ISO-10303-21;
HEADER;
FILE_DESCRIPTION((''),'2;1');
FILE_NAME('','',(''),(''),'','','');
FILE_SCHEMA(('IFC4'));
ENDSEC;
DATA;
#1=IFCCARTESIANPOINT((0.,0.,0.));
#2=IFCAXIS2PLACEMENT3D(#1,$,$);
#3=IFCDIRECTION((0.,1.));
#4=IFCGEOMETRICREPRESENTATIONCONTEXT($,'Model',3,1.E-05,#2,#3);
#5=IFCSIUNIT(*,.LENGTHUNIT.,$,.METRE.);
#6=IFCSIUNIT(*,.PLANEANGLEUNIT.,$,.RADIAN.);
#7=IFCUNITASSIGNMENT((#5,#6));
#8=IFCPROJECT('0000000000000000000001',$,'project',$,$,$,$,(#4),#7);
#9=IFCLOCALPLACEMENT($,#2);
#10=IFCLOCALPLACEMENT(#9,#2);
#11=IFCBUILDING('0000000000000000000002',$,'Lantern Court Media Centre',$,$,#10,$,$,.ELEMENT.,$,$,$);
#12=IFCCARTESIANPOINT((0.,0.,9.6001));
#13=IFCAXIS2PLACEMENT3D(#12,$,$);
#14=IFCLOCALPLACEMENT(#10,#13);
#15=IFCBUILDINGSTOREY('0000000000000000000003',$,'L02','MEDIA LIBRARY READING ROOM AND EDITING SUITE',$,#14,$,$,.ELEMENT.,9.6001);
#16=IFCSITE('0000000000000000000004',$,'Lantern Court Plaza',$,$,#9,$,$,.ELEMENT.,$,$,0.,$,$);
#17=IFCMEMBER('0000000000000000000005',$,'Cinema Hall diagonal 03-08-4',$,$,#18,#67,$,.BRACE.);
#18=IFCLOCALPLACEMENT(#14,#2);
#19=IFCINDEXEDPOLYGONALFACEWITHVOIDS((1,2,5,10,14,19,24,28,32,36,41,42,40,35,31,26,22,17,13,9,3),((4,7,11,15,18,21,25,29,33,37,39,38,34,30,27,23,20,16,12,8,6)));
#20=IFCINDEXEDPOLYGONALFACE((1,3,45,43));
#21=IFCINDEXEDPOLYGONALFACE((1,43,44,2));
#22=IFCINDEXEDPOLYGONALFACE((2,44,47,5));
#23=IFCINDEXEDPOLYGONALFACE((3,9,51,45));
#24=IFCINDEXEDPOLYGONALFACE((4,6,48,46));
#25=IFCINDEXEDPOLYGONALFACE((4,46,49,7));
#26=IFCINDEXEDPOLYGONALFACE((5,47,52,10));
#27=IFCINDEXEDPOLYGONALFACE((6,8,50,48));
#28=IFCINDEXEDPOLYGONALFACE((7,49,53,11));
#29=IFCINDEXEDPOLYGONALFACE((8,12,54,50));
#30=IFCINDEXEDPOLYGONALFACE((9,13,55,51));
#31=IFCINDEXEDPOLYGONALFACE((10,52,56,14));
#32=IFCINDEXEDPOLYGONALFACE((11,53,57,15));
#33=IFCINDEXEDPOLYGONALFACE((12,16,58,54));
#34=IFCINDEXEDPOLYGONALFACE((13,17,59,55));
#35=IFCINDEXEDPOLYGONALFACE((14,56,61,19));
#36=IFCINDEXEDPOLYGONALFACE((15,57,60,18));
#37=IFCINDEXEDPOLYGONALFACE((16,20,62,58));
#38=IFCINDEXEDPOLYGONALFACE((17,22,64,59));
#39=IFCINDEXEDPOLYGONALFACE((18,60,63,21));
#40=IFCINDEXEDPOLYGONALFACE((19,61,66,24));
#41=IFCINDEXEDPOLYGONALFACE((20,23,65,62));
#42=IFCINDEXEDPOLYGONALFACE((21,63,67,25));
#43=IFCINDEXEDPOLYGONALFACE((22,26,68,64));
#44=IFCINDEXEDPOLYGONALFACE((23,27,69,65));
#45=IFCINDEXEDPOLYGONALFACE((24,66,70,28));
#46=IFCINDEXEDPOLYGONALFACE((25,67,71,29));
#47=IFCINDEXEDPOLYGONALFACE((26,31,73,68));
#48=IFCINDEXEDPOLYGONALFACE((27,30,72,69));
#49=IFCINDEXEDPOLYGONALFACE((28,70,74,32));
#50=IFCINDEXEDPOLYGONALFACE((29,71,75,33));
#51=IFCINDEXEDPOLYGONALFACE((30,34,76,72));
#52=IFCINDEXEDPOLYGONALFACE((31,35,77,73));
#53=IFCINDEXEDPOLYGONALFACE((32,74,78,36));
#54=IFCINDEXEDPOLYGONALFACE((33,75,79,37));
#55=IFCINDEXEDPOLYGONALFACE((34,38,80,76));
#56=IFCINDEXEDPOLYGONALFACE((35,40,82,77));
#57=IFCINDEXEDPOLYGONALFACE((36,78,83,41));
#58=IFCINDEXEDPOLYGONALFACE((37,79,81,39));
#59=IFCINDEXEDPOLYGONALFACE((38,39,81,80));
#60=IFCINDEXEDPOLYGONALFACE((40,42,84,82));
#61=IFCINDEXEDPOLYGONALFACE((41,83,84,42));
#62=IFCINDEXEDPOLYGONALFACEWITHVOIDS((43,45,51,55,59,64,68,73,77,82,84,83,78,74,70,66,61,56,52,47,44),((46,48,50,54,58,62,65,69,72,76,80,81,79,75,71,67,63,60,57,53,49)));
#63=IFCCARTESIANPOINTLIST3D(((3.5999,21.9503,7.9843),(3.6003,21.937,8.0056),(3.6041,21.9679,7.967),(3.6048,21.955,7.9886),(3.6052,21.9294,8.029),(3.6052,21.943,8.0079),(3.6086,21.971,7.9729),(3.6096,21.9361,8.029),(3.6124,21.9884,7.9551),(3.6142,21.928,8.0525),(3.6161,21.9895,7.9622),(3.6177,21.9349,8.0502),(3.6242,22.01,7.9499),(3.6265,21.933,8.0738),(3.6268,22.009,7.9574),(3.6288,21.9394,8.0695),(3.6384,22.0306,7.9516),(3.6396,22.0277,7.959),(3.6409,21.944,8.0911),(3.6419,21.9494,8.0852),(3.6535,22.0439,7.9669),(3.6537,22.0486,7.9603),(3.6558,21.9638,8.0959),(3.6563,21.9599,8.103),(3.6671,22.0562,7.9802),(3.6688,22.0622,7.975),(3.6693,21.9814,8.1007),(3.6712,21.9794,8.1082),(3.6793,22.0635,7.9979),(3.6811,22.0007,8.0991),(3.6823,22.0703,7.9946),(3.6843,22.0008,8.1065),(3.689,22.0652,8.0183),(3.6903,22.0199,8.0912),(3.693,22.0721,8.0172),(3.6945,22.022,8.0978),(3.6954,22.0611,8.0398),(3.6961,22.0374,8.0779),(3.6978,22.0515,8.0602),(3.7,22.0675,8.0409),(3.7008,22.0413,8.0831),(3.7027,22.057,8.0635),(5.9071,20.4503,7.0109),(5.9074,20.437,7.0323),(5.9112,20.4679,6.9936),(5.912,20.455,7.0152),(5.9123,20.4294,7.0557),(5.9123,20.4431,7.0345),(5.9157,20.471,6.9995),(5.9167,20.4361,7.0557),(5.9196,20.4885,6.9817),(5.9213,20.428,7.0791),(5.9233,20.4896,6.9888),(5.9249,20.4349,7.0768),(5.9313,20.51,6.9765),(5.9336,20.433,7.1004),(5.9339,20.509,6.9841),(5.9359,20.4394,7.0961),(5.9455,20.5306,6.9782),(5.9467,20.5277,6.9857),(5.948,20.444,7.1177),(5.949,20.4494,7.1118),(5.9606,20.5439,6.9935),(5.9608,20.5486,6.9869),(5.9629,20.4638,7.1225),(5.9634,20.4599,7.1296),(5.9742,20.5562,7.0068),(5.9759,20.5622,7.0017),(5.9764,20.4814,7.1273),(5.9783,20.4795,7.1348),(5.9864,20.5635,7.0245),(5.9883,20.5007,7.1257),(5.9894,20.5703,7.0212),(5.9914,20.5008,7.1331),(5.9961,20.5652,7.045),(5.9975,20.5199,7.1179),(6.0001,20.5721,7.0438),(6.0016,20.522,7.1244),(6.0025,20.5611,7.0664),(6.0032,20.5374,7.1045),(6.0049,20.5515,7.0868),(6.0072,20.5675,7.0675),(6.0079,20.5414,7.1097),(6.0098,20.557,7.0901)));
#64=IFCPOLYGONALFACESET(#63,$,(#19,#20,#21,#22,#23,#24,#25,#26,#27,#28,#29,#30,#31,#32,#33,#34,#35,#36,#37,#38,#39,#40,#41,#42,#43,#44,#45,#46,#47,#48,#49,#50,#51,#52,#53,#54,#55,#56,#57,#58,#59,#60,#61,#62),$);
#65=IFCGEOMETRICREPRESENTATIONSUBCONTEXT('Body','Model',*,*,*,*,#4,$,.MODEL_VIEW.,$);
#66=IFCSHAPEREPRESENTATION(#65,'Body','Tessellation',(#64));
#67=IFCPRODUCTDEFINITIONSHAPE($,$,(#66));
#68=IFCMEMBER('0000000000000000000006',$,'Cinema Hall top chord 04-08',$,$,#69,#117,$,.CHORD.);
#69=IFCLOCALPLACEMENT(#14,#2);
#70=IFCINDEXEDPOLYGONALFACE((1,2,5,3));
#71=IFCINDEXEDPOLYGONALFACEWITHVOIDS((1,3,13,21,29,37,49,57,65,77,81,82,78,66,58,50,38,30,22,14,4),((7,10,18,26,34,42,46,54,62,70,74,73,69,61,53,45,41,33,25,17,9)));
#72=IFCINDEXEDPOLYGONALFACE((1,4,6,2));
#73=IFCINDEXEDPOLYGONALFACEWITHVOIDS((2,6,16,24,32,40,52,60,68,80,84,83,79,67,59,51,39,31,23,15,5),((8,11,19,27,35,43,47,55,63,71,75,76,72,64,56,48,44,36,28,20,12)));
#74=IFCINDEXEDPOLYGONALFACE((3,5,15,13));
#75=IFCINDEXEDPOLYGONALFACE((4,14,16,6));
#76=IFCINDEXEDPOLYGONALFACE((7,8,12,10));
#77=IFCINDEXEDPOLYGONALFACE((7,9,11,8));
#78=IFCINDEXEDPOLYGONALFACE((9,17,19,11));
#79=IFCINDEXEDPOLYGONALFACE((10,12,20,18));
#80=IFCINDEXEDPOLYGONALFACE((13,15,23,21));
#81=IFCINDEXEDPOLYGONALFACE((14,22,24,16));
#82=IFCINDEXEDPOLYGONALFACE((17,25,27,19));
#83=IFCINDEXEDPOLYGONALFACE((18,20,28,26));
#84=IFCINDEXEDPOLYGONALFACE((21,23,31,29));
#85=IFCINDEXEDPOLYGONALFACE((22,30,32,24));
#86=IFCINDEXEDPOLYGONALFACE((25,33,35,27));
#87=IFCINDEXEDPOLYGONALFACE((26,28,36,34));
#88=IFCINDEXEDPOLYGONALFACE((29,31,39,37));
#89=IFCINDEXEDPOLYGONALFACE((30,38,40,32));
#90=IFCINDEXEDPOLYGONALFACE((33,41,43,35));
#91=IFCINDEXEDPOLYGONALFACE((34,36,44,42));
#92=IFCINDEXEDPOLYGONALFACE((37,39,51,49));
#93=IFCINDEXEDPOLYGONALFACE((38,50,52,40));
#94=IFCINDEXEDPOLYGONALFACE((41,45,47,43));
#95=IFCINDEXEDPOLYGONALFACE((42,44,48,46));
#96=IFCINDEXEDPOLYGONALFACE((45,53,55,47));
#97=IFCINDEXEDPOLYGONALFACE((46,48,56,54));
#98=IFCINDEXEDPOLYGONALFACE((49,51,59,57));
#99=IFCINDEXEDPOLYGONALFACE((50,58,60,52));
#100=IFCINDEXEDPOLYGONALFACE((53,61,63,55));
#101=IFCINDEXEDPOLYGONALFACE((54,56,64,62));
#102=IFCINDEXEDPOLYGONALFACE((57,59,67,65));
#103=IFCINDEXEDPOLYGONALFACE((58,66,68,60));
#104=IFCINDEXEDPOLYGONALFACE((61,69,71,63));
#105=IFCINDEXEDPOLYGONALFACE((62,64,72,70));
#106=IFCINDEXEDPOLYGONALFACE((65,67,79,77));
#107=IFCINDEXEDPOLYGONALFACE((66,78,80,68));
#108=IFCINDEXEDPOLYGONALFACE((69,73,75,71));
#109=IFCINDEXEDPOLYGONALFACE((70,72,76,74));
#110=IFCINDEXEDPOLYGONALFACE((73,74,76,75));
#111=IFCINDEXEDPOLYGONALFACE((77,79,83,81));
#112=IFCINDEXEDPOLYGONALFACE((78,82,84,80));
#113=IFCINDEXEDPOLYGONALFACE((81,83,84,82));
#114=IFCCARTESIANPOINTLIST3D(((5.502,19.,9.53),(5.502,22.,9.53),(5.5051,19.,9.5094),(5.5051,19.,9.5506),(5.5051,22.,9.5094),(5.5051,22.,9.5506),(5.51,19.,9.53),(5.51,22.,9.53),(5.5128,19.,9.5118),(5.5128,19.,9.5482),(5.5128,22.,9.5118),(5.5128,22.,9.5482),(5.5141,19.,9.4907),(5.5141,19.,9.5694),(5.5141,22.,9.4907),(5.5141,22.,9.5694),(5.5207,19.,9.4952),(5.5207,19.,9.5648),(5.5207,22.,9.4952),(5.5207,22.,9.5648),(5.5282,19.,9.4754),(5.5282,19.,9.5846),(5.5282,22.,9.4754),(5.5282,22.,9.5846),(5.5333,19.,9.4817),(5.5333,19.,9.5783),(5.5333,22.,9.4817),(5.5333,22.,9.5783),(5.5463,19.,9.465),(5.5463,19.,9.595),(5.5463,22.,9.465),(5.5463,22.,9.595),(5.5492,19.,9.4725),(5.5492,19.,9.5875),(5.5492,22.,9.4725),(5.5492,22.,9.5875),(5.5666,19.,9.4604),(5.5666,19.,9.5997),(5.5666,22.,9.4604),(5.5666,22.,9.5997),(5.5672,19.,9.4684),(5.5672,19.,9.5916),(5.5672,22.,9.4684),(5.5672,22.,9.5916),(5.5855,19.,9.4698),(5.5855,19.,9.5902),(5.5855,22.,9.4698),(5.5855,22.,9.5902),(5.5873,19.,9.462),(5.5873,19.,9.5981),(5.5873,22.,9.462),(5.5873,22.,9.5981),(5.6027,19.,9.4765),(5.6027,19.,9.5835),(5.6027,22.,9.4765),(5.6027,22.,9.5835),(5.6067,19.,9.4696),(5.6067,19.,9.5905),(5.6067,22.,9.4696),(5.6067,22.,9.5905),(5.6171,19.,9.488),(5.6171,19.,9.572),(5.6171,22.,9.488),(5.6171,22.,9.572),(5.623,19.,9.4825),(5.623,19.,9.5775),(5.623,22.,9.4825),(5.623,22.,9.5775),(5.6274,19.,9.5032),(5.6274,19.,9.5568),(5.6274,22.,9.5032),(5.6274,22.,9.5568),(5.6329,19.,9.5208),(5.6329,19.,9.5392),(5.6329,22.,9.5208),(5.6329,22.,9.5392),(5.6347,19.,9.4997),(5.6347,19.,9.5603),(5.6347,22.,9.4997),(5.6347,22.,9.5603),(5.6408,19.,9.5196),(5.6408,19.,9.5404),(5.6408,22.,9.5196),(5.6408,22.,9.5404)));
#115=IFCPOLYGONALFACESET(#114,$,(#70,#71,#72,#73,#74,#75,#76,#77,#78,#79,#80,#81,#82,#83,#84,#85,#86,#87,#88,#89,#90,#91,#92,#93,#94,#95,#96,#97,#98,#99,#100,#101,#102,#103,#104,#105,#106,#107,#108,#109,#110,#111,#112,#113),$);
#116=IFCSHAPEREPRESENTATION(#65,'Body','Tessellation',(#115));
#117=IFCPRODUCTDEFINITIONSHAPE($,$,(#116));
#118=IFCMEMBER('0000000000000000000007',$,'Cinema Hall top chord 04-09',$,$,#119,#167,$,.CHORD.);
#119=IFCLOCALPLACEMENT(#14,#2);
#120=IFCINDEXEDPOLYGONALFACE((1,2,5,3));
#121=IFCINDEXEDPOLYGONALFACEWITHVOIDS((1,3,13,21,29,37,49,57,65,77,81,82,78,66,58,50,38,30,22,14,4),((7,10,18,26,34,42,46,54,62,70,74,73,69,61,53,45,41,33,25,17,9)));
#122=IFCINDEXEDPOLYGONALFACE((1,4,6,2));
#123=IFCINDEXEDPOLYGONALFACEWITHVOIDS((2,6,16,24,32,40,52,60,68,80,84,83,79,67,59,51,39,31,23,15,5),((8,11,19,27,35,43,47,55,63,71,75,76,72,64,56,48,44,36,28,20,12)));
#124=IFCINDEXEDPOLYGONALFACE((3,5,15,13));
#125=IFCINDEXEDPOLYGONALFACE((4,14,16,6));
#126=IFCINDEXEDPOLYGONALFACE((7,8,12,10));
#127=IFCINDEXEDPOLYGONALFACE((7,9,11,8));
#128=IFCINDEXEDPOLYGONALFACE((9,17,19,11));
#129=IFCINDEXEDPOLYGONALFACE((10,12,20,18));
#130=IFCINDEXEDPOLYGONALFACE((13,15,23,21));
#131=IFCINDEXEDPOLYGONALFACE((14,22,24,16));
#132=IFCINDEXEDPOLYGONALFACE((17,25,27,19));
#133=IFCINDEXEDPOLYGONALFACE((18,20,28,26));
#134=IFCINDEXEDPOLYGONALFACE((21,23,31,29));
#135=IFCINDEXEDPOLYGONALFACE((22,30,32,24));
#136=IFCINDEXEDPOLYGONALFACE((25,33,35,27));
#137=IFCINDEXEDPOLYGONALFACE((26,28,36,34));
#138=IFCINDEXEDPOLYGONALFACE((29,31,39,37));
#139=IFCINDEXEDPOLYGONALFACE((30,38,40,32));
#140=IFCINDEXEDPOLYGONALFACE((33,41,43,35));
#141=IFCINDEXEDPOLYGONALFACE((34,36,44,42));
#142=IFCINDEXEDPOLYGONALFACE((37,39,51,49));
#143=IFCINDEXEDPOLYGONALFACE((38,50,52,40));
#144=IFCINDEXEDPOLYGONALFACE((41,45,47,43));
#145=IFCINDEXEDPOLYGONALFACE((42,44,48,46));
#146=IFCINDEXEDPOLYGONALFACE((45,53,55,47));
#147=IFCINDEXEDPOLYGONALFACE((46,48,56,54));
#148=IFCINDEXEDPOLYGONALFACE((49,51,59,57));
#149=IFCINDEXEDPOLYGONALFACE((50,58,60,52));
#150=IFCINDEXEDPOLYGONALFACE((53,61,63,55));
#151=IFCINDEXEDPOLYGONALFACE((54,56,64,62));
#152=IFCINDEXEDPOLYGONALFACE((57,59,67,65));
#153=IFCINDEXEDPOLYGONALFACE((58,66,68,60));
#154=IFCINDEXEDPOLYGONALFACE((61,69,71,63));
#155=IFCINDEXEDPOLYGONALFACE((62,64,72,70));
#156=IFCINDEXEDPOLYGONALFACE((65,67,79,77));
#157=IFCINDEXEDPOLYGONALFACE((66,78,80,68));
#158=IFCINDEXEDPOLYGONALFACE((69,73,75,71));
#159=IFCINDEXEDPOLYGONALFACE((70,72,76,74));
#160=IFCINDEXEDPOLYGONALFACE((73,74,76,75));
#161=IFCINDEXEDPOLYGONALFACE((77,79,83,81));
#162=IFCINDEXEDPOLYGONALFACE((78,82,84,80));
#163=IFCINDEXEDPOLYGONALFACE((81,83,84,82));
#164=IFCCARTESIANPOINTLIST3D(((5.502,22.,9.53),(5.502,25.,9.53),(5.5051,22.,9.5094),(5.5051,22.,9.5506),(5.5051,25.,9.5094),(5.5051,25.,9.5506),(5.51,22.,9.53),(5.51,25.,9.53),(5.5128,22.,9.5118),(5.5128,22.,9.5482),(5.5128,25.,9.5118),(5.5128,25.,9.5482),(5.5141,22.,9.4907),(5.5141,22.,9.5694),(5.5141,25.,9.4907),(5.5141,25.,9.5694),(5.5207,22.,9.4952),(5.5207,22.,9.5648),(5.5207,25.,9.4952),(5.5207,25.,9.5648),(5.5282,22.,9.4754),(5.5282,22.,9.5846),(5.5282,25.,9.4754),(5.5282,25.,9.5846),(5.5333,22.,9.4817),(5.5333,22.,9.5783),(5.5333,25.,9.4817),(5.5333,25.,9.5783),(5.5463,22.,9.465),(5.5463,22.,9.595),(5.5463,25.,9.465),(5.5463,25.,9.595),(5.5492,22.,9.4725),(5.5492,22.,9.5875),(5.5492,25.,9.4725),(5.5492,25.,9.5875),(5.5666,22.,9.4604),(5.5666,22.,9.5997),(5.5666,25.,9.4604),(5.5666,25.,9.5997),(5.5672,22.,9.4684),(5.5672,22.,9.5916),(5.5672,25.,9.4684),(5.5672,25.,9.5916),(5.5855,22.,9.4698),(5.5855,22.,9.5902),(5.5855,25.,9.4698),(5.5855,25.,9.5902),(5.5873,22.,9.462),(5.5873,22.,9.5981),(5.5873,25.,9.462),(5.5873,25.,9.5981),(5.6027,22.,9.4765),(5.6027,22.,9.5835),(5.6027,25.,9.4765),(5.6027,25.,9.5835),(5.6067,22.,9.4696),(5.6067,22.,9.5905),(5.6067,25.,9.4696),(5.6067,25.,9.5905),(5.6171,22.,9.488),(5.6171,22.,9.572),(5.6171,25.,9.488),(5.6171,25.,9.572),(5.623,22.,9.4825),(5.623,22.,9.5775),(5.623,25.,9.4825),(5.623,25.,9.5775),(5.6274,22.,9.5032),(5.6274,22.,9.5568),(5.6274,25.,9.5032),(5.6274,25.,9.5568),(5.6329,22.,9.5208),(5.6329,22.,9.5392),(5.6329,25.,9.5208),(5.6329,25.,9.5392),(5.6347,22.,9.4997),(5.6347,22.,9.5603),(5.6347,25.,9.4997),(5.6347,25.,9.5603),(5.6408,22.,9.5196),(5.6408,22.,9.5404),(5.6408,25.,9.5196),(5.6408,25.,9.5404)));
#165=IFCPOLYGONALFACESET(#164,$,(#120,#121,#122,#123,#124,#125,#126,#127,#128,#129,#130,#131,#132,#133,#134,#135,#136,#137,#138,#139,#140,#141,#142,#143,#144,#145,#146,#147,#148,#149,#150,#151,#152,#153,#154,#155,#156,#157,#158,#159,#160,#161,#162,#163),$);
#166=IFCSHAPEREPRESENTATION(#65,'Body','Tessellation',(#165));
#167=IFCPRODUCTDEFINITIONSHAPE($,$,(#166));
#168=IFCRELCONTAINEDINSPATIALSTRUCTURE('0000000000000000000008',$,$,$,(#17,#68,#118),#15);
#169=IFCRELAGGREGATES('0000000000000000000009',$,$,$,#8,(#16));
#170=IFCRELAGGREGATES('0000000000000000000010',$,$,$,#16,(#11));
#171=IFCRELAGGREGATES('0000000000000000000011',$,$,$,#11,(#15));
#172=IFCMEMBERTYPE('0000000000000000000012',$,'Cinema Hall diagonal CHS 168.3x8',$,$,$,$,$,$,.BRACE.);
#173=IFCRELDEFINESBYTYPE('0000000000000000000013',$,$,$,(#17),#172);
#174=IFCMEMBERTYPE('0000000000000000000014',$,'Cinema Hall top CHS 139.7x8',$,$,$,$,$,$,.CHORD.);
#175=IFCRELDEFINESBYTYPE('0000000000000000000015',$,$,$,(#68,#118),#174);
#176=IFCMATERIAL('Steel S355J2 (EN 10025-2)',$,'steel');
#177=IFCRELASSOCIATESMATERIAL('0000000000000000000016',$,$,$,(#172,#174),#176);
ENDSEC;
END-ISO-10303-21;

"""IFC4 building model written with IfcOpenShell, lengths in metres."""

from ifc_helpers import new_model, si_unit, direction, frame, origin, origin_2d, place, context, subcontext, project, spatial, hollow_circle, extrude, material, material_profile, profile_set, type_object, element, save


model = new_model("IFC4")

# Units and contexts
model_context = context("Model", 3, precision=1e-05, world=origin(), true_north=direction((0.0, 1.0)))
body_context = subcontext(model_context, "Body", "Model", "MODEL_VIEW")
ifc_project = project(units=[si_unit("LENGTHUNIT", "METRE"), si_unit("PLANEANGLEUNIT", "RADIAN")], contexts=[model_context])

# Site, building, storey
site_placement = place(None, origin())
site = spatial("IfcSite", under=ifc_project, at=site_placement, Name="Lantern Court Plaza", CompositionType="ELEMENT", RefElevation=0.0)
building_placement = place(site_placement, origin())
building = spatial("IfcBuilding", under=site, at=building_placement, Name="Lantern Court Media Centre", CompositionType="ELEMENT")
storey_placement = place(building_placement, frame((0.0, 0.0, 9.6001)))
storey = spatial("IfcBuildingStorey", under=building, at=storey_placement, Name="L02", Description="MEDIA LIBRARY READING ROOM AND EDITING SUITE", CompositionType="ELEMENT", Elevation=9.6001)

# Members
ifc_material = material(Name="Steel S355J2 (EN 10025-2)", Category="steel")
ifc_material_profile_1 = material_profile(ifc_material, hollow_circle(Radius=0.0842, WallThickness=0.0081, at=origin_2d()), Name="Cinema Hall diagonal CHS 168.3x8")
ifc_profile_set_1 = profile_set([ifc_material_profile_1], Name="Steel S355J2 (EN 10025-2)")
member_type_1 = type_object("IfcMemberType", Name="Cinema Hall diagonal CHS 168.3x8", PredefinedType="BRACE", material=ifc_profile_set_1)
member_1_placement = place(storey_placement, frame((5.9583, 20.5, 7.0557), z_axis=(-0.790394, 0.513882, 0.333471), x_axis=(-0.545082, -0.838383, 0.0)))
element("IfcMember", 1, at=member_1_placement, inside=storey, type_object=member_type_1, Name="Cinema Hall diagonal 03-08-4", PredefinedType="BRACE", context=body_context, shape_type="SweptSolid", body=[
    extrude(hollow_circle(Radius=0.0842, WallThickness=0.0081, at=origin_2d()), origin(), (0.0, 0.0, 1.0), 2.9189),
])
ifc_material_profile_2 = material_profile(ifc_material, hollow_circle(Radius=0.0698, WallThickness=0.0081, at=origin_2d()), Name="Cinema Hall top CHS 139.7x8")
ifc_profile_set_2 = profile_set([ifc_material_profile_2], Name="Steel S355J2 (EN 10025-2)")
member_type_2 = type_object("IfcMemberType", Name="Cinema Hall top CHS 139.7x8", PredefinedType="CHORD", material=ifc_profile_set_2)
for number, where, z_axis, x_axis, name in (
    (2, (5.5718, 19.0, 9.53), (0.0, 1.0, 0.0), (-1.0, 0.0, 0.0), "Cinema Hall top chord 04-08"),
    (3, (5.5718, 22.0, 9.53), (0.0, 1.0, 0.0), (-1.0, 0.0, 0.0), "Cinema Hall top chord 04-09"),
):
    element("IfcMember", number, at=place(storey_placement, frame(where, z_axis=z_axis, x_axis=x_axis)), inside=storey, type_object=member_type_2, Name=name, PredefinedType="CHORD", context=body_context, shape_type="SweptSolid", body=[
        extrude(hollow_circle(Radius=0.0698, WallThickness=0.0081, at=origin_2d()), origin(), (0.0, 0.0, 1.0), 3.0),
    ])

save(model, "model.ifc")
